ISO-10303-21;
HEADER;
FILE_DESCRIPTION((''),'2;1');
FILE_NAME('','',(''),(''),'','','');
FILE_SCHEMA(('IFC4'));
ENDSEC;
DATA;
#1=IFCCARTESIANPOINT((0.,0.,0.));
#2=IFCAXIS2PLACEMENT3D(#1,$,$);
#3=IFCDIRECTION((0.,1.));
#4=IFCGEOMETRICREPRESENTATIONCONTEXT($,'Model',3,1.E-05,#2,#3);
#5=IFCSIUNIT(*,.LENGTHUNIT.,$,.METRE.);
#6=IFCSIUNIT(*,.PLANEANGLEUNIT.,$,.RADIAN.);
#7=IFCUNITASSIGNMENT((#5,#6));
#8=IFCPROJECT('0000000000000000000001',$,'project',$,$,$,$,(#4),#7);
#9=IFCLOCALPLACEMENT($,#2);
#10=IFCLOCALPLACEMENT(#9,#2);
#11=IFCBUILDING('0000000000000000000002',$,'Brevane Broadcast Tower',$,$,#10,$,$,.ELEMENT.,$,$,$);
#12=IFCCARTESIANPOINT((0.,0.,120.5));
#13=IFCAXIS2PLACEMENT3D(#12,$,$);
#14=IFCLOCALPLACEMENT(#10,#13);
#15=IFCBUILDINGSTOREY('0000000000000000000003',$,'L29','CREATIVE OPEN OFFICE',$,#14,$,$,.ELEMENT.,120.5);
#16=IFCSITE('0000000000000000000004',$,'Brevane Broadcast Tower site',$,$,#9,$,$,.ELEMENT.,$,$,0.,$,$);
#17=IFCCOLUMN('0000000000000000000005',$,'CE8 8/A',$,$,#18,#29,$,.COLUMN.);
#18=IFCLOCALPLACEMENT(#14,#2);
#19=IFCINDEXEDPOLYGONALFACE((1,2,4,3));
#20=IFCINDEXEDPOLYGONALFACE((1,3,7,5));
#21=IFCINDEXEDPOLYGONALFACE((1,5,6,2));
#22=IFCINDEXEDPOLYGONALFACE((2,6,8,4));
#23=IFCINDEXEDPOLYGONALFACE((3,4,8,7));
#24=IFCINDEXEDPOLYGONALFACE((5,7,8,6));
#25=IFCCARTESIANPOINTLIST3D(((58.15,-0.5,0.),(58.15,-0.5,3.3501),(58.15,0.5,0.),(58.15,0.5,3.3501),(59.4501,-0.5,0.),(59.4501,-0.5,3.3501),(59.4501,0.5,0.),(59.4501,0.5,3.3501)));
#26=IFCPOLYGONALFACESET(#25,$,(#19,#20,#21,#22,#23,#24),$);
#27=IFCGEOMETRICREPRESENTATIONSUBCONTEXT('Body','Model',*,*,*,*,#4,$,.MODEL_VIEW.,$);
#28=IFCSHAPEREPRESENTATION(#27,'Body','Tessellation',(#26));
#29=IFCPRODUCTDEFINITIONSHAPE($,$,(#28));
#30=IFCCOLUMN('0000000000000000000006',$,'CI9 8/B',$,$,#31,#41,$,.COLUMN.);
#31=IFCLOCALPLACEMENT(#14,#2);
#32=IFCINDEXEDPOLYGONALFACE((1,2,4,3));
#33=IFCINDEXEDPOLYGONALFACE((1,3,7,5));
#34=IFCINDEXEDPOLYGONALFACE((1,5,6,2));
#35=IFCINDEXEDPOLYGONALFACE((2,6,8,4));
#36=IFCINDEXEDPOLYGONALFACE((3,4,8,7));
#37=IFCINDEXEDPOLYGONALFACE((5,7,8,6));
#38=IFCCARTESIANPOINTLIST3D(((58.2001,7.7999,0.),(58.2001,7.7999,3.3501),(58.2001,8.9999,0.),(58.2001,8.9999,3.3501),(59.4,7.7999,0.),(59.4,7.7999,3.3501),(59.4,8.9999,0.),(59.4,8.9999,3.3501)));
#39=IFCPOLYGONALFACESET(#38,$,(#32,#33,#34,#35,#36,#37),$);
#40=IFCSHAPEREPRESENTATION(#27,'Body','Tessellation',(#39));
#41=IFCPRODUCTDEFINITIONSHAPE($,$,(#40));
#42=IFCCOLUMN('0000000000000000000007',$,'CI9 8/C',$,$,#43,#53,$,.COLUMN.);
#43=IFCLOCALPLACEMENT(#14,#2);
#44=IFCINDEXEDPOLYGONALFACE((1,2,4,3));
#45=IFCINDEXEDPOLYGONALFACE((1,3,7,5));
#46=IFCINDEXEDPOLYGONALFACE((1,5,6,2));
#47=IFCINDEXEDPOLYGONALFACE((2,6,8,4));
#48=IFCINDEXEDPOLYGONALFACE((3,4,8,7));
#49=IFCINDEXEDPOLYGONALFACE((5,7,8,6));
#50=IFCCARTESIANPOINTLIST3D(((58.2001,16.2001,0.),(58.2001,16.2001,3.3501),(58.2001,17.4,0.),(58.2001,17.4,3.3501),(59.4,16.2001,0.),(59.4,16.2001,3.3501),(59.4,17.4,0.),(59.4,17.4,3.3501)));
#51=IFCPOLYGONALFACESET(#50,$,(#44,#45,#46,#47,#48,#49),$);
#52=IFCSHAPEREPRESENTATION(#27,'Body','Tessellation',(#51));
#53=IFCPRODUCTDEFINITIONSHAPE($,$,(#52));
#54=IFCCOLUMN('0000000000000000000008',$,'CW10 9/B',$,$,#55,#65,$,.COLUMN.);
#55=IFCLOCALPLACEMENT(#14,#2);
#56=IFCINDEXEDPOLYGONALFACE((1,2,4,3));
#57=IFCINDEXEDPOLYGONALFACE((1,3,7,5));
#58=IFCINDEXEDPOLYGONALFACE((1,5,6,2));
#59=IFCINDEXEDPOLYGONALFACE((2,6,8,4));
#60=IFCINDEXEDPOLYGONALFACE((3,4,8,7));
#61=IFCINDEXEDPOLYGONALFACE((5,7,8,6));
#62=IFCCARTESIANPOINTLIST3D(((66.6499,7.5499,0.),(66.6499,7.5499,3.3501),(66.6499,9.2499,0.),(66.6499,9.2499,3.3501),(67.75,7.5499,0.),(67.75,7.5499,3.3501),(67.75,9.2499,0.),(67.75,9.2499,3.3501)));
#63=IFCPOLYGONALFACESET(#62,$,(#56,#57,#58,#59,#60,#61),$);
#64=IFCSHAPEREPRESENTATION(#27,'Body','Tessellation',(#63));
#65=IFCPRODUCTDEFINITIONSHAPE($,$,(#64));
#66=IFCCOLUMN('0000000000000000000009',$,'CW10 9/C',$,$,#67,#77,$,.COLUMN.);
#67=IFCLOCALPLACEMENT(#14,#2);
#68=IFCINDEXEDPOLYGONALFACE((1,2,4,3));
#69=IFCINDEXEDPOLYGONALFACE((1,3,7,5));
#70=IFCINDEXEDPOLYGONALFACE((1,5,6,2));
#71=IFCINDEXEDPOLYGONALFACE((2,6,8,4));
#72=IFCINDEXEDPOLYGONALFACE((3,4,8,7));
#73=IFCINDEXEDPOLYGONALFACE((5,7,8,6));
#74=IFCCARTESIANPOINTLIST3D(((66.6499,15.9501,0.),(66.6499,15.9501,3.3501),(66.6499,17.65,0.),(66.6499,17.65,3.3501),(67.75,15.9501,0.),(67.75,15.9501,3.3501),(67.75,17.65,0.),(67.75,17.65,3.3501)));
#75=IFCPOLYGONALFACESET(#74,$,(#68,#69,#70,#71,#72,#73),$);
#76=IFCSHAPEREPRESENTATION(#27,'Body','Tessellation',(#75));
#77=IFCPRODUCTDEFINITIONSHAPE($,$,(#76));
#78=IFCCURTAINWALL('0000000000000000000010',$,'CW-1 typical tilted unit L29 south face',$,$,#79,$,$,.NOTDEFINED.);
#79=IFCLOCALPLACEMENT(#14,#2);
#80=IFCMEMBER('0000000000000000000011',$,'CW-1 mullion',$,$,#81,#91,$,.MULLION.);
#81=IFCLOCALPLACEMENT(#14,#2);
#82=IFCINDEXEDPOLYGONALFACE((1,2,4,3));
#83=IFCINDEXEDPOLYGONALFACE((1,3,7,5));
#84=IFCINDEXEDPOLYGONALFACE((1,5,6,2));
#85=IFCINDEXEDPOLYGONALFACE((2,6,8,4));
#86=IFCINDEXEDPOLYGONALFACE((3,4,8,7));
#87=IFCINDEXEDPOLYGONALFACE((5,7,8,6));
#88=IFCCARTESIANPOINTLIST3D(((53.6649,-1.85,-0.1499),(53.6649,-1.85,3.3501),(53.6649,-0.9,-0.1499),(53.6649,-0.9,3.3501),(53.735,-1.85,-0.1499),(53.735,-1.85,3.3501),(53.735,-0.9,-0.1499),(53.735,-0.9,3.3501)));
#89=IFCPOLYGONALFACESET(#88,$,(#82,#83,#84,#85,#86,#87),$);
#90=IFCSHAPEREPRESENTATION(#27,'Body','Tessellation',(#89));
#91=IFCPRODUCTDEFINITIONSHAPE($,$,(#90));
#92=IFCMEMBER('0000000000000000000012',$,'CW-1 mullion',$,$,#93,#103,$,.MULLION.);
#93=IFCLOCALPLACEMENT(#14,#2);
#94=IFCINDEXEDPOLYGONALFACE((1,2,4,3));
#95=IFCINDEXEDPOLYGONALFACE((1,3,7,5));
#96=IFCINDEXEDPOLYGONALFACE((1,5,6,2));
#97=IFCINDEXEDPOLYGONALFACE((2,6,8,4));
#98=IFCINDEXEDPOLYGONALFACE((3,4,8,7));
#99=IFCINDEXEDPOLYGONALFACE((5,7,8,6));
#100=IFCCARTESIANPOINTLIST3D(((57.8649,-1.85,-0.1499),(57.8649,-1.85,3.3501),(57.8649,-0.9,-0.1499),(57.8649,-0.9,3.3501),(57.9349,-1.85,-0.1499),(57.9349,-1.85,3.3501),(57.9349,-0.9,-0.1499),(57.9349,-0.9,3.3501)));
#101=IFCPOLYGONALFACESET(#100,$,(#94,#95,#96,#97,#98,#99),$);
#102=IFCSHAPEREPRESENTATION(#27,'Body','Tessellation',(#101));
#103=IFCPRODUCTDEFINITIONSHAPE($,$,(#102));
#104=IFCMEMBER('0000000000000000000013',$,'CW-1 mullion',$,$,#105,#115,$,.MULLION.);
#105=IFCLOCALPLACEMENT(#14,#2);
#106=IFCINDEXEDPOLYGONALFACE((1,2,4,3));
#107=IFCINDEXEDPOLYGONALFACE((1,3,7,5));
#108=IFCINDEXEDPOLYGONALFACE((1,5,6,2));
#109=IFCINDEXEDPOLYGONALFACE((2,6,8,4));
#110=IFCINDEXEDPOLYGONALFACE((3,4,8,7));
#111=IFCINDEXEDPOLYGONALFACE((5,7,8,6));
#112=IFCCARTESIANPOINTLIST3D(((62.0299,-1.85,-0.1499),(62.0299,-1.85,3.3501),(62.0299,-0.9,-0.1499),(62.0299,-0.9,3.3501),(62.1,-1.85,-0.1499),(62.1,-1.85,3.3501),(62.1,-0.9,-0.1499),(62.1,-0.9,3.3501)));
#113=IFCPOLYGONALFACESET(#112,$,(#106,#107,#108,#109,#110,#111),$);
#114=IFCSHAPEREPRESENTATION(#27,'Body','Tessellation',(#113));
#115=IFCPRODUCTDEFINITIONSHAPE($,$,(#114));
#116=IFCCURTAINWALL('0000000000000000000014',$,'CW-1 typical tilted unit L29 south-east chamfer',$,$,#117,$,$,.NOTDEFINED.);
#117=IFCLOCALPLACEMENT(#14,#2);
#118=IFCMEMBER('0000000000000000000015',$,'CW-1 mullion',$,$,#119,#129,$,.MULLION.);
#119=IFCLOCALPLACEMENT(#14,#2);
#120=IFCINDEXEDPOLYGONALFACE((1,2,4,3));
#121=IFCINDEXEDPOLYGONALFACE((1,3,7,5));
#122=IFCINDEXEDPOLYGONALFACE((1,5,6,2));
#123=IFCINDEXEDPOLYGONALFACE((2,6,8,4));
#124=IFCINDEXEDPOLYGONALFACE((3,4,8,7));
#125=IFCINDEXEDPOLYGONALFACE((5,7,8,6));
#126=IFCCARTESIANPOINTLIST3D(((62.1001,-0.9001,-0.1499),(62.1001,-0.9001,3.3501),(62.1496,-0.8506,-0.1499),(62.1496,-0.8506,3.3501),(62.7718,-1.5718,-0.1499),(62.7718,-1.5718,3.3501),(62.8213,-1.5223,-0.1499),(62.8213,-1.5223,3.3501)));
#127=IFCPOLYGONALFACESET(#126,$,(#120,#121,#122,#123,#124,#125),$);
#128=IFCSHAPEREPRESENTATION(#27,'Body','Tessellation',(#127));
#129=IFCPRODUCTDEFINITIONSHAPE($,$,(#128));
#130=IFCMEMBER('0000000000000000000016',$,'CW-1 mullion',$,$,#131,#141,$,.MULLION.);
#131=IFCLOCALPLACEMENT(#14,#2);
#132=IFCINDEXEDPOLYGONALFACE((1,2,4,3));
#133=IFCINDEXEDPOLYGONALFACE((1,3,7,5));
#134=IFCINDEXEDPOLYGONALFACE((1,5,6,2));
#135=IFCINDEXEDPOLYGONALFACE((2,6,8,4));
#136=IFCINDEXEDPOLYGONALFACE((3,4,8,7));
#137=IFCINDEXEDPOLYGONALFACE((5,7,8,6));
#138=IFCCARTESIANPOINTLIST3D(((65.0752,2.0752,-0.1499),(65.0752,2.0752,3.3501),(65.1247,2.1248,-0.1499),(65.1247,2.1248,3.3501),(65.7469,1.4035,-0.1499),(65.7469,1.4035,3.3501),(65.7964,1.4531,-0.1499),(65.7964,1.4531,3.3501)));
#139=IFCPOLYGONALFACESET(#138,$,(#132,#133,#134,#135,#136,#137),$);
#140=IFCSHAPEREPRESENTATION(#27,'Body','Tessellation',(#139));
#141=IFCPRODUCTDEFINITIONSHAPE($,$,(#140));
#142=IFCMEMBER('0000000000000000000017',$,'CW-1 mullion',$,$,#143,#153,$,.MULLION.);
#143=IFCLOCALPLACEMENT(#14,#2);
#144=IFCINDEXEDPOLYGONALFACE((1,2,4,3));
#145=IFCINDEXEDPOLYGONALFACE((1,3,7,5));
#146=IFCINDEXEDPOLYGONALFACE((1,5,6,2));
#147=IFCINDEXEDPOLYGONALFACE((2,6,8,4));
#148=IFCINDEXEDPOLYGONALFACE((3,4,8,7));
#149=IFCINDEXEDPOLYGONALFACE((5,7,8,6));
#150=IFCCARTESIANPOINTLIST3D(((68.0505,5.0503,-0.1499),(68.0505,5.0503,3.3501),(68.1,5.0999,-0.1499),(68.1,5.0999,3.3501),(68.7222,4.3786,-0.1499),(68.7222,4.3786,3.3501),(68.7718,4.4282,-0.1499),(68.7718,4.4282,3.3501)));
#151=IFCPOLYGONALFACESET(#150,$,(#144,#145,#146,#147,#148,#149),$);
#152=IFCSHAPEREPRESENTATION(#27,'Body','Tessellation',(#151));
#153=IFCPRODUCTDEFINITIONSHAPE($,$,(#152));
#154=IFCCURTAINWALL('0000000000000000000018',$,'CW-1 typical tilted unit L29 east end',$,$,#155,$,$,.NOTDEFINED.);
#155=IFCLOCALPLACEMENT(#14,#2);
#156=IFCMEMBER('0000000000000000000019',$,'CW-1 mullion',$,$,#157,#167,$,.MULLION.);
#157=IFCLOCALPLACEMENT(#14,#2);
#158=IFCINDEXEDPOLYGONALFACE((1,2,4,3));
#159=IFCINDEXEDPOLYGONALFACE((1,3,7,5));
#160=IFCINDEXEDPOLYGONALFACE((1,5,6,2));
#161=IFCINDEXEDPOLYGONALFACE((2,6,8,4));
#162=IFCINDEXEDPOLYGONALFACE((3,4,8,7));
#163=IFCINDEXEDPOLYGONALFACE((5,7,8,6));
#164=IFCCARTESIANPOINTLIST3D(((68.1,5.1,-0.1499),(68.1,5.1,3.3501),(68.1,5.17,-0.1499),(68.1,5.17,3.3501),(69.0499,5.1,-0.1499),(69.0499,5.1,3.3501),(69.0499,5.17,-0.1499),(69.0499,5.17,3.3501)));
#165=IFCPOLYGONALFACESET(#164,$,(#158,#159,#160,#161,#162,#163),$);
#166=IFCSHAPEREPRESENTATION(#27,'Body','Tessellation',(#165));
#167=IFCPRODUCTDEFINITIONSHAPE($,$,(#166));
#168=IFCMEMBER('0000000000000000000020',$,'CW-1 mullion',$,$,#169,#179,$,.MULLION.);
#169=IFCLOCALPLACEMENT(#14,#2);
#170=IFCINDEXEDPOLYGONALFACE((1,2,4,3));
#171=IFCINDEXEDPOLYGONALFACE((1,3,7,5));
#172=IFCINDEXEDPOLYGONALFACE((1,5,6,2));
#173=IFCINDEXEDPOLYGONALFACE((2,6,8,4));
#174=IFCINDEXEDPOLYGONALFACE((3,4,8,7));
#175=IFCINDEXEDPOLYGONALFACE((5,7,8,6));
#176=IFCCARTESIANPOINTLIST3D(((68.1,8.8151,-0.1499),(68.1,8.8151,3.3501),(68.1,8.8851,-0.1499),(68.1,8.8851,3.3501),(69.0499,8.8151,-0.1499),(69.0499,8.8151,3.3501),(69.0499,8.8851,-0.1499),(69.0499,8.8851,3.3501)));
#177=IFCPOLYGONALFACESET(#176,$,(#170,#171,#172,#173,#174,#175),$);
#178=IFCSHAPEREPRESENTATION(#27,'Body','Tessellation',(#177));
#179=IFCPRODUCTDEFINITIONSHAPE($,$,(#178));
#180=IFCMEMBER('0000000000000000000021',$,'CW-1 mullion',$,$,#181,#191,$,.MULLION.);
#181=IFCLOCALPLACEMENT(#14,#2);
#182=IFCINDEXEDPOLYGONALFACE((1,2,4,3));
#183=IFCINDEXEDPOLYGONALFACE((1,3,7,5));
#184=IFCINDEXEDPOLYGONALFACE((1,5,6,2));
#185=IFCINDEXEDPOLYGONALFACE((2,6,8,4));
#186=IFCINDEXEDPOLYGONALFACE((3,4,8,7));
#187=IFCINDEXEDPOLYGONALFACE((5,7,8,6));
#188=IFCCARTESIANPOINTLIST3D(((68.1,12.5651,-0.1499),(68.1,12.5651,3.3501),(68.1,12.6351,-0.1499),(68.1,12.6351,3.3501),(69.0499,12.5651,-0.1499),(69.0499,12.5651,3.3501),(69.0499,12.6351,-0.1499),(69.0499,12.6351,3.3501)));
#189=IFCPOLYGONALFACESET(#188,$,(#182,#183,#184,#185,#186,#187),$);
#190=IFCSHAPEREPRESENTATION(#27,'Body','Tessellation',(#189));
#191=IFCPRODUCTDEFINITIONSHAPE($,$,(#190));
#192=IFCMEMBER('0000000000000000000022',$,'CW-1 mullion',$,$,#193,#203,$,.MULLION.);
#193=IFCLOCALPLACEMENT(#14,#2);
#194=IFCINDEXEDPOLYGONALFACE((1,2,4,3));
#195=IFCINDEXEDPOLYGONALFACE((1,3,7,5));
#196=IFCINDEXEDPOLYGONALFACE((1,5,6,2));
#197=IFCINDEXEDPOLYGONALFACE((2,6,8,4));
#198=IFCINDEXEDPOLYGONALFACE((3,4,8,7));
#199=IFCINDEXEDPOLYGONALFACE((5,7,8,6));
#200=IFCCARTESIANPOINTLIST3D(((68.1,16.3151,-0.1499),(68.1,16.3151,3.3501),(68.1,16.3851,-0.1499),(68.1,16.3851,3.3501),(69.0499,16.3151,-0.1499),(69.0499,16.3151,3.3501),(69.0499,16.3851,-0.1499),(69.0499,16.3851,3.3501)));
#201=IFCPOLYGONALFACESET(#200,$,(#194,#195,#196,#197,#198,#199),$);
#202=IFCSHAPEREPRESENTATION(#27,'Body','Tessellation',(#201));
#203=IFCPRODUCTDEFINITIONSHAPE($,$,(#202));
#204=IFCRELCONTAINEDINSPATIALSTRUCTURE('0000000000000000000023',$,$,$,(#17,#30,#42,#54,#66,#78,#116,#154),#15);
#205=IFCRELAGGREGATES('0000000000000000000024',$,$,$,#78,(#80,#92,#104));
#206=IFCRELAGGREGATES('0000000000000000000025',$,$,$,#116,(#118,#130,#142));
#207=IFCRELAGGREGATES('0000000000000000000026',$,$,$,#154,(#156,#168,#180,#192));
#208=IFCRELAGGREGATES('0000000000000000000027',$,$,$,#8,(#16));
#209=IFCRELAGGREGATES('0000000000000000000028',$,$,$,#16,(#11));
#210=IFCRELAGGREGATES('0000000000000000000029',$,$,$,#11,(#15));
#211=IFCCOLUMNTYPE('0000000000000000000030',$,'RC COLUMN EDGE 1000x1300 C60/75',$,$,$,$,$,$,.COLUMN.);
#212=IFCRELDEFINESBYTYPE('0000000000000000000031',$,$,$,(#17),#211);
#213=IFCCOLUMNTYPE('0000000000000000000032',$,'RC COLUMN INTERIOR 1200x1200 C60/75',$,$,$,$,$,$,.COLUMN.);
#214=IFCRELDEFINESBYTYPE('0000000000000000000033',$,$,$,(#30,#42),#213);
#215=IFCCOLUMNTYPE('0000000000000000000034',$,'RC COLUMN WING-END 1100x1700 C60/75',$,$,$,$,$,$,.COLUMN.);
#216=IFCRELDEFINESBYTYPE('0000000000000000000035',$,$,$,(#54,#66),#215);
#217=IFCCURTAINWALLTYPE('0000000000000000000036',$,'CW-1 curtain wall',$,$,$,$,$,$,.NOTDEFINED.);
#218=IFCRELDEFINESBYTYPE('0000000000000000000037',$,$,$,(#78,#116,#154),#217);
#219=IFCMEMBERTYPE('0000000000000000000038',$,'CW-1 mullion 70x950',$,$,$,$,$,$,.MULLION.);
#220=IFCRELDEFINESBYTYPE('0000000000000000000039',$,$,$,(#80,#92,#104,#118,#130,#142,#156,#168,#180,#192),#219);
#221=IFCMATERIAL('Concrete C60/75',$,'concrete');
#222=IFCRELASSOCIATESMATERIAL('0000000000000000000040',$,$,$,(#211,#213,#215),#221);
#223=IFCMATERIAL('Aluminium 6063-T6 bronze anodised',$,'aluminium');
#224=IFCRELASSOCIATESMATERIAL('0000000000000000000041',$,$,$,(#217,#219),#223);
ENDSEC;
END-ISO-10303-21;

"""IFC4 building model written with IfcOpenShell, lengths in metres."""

from ifc_helpers import new_model, si_unit, direction, frame, origin, origin_2d, place, context, subcontext, project, spatial, rectangle, extrude, material, material_profile, profile_set, type_object, element, aggregate, save


model = new_model("IFC4")

# Units and contexts
model_context = context("Model", 3, precision=1e-05, world=origin(), true_north=direction((0.0, 1.0)))
body_context = subcontext(model_context, "Body", "Model", "MODEL_VIEW")
ifc_project = project(units=[si_unit("LENGTHUNIT", "METRE"), si_unit("PLANEANGLEUNIT", "RADIAN")], contexts=[model_context])

# Site, building, storey
site_placement = place(None, origin())
site = spatial("IfcSite", under=ifc_project, at=site_placement, Name="Brevane Broadcast Tower site", CompositionType="ELEMENT", RefElevation=0.0)
building_placement = place(site_placement, origin())
building = spatial("IfcBuilding", under=site, at=building_placement, Name="Brevane Broadcast Tower", CompositionType="ELEMENT")
storey_placement = place(building_placement, frame((0.0, 0.0, 120.5)))
storey = spatial("IfcBuildingStorey", under=building, at=storey_placement, Name="L29", Description="CREATIVE OPEN OFFICE", CompositionType="ELEMENT", Elevation=120.5)

# Columns
ifc_material_1 = material(Name="Concrete C60/75", Category="concrete")
ifc_material_profile_1 = material_profile(ifc_material_1, rectangle(XDim=1.0, YDim=1.3, at=origin_2d()), Name="RC 1000x1300")
ifc_profile_set_1 = profile_set([ifc_material_profile_1], Name="Concrete C60/75")
column_type_1 = type_object("IfcColumnType", Name="RC COLUMN EDGE 1000x1300 C60/75", PredefinedType="COLUMN", material=ifc_profile_set_1)
column_placement = place(storey_placement, frame((58.8, 0.0, 0.0), z_axis=(0.0, 0.0, 1.0), x_axis=(0.0, 1.0, 0.0)))
element("IfcColumn", 1, at=column_placement, inside=storey, type_object=column_type_1, Name="CE8 8/A", PredefinedType="COLUMN", context=body_context, shape_type="SweptSolid", body=[
    extrude(rectangle(XDim=1.0, YDim=1.3, at=origin_2d()), origin(), (0.0, 0.0, 1.0), 3.3501),
])
ifc_material_profile_2 = material_profile(ifc_material_1, rectangle(XDim=1.2, YDim=1.2, at=origin_2d()), Name="RC 1200x1200")
ifc_profile_set_2 = profile_set([ifc_material_profile_2], Name="Concrete C60/75")
column_type_2 = type_object("IfcColumnType", Name="RC COLUMN INTERIOR 1200x1200 C60/75", PredefinedType="COLUMN", material=ifc_profile_set_2)
for number, where, z_axis, x_axis, name in (
    (2, (58.8, 8.3999, 0.0), (0.0, 0.0, 1.0), (1.0, 0.0, 0.0), "CI9 8/B"),
    (3, (58.8, 16.8, 0.0), (0.0, 0.0, 1.0), (1.0, 0.0, 0.0), "CI9 8/C"),
):
    element("IfcColumn", number, at=place(storey_placement, frame(where, z_axis=z_axis, x_axis=x_axis)), inside=storey, type_object=column_type_2, Name=name, PredefinedType="COLUMN", context=body_context, shape_type="SweptSolid", body=[
        extrude(rectangle(XDim=1.2, YDim=1.2, at=origin_2d()), origin(), (0.0, 0.0, 1.0), 3.3501),
    ])
ifc_material_profile_3 = material_profile(ifc_material_1, rectangle(XDim=1.1001, YDim=1.7, at=origin_2d()), Name="RC 1100x1700")
ifc_profile_set_3 = profile_set([ifc_material_profile_3], Name="Concrete C60/75")
column_type_3 = type_object("IfcColumnType", Name="RC COLUMN WING-END 1100x1700 C60/75", PredefinedType="COLUMN", material=ifc_profile_set_3)
for number, where, z_axis, x_axis, name in (
    (4, (67.2, 8.3999, 0.0), (0.0, 0.0, 1.0), (1.0, 0.0, 0.0), "CW10 9/B"),
    (5, (67.2, 16.8, 0.0), (0.0, 0.0, 1.0), (1.0, 0.0, 0.0), "CW10 9/C"),
):
    element("IfcColumn", number, at=place(storey_placement, frame(where, z_axis=z_axis, x_axis=x_axis)), inside=storey, type_object=column_type_3, Name=name, PredefinedType="COLUMN", context=body_context, shape_type="SweptSolid", body=[
        extrude(rectangle(XDim=1.1001, YDim=1.7, at=origin_2d()), origin(), (0.0, 0.0, 1.0), 3.3501),
    ])

# Curtain walls, members
ifc_material_2 = material(Name="Aluminium 6063-T6 bronze anodised", Category="aluminium")
curtain_wall_type = type_object("IfcCurtainWallType", Name="CW-1 curtain wall", PredefinedType="NOTDEFINED", material=ifc_material_2)
curtain_wall_1_placement = place(storey_placement, origin())
curtain_wall_1 = element("IfcCurtainWall", 6, at=curtain_wall_1_placement, inside=storey, type_object=curtain_wall_type, Name="CW-1 typical tilted unit L29 south face", PredefinedType="NOTDEFINED")
ifc_material_profile_4 = material_profile(ifc_material_2, rectangle(XDim=0.95, YDim=0.0701, at=origin_2d()), Name="RECT 70x950")
ifc_profile_set_4 = profile_set([ifc_material_profile_4], Name="Aluminium 6063-T6 bronze anodised")
member_type_1 = type_object("IfcMemberType", Name="CW-1 mullion 70x950", PredefinedType="MULLION", material=ifc_profile_set_4)
member_1_placement = place(storey_placement, frame((53.7, -1.375, -0.1499), z_axis=(0.0, 0.0, 1.0), x_axis=(0.0, 1.0, 0.0)))
member_1 = element("IfcMember", 7, at=member_1_placement, type_object=member_type_1, Name="CW-1 mullion", PredefinedType="MULLION", context=body_context, shape_type="SweptSolid", body=[
    extrude(rectangle(XDim=0.95, YDim=0.0701, at=origin_2d()), origin(), (0.0, 0.0, 1.0), 3.5),
])
member_2_placement = place(storey_placement, frame((57.8999, -1.375, -0.1499), z_axis=(0.0, 0.0, 1.0), x_axis=(0.0, 1.0, 0.0)))
member_2 = element("IfcMember", 8, at=member_2_placement, type_object=member_type_1, Name="CW-1 mullion", PredefinedType="MULLION", context=body_context, shape_type="SweptSolid", body=[
    extrude(rectangle(XDim=0.95, YDim=0.0701, at=origin_2d()), origin(), (0.0, 0.0, 1.0), 3.5),
])
member_3_placement = place(storey_placement, frame((62.0649, -1.375, -0.1499), z_axis=(0.0, 0.0, 1.0), x_axis=(0.0, 1.0, 0.0)))
member_3 = element("IfcMember", 9, at=member_3_placement, type_object=member_type_1, Name="CW-1 mullion", PredefinedType="MULLION", context=body_context, shape_type="SweptSolid", body=[
    extrude(rectangle(XDim=0.95, YDim=0.0701, at=origin_2d()), origin(), (0.0, 0.0, 1.0), 3.5),
])
aggregate(curtain_wall_1, [member_1, member_2, member_3])
curtain_wall_2_placement = place(storey_placement, origin())
curtain_wall_2 = element("IfcCurtainWall", 10, at=curtain_wall_2_placement, inside=storey, type_object=curtain_wall_type, Name="CW-1 typical tilted unit L29 south-east chamfer", PredefinedType="NOTDEFINED")
member_4_placement = place(storey_placement, frame((62.4607, -1.2112, -0.1499), z_axis=(0.0, 0.0, 1.0), x_axis=(-0.707107, 0.707107, 0.0)))
member_4 = element("IfcMember", 11, at=member_4_placement, type_object=member_type_1, Name="CW-1 mullion", PredefinedType="MULLION", context=body_context, shape_type="SweptSolid", body=[
    extrude(rectangle(XDim=0.95, YDim=0.0701, at=origin_2d()), origin(), (0.0, 0.0, 1.0), 3.5),
])
member_5_placement = place(storey_placement, frame((65.4358, 1.7642, -0.1499), z_axis=(0.0, 0.0, 1.0), x_axis=(-0.707107, 0.707107, 0.0)))
member_5 = element("IfcMember", 12, at=member_5_placement, type_object=member_type_1, Name="CW-1 mullion", PredefinedType="MULLION", context=body_context, shape_type="SweptSolid", body=[
    extrude(rectangle(XDim=0.95, YDim=0.0701, at=origin_2d()), origin(), (0.0, 0.0, 1.0), 3.5),
])
member_6_placement = place(storey_placement, frame((68.4111, 4.7393, -0.1499), z_axis=(0.0, 0.0, 1.0), x_axis=(-0.707107, 0.707107, 0.0)))
member_6 = element("IfcMember", 13, at=member_6_placement, type_object=member_type_1, Name="CW-1 mullion", PredefinedType="MULLION", context=body_context, shape_type="SweptSolid", body=[
    extrude(rectangle(XDim=0.95, YDim=0.0701, at=origin_2d()), origin(), (0.0, 0.0, 1.0), 3.5),
])
curtain_wall_3_placement = place(storey_placement, origin())
curtain_wall_3 = element("IfcCurtainWall", 14, at=curtain_wall_3_placement, inside=storey, type_object=curtain_wall_type, Name="CW-1 typical tilted unit L29 east end", PredefinedType="NOTDEFINED")
member_7_placement = place(storey_placement, frame((68.575, 5.135, -0.1499), z_axis=(0.0, 0.0, 1.0), x_axis=(-1.0, 0.0, 0.0)))
member_7 = element("IfcMember", 15, at=member_7_placement, type_object=member_type_1, Name="CW-1 mullion", PredefinedType="MULLION", context=body_context, shape_type="SweptSolid", body=[
    extrude(rectangle(XDim=0.95, YDim=0.0701, at=origin_2d()), origin(), (0.0, 0.0, 1.0), 3.5),
])
member_8_placement = place(storey_placement, frame((68.575, 8.8501, -0.1499), z_axis=(0.0, 0.0, 1.0), x_axis=(-1.0, 0.0, 0.0)))
member_8 = element("IfcMember", 16, at=member_8_placement, type_object=member_type_1, Name="CW-1 mullion", PredefinedType="MULLION", context=body_context, shape_type="SweptSolid", body=[
    extrude(rectangle(XDim=0.95, YDim=0.0701, at=origin_2d()), origin(), (0.0, 0.0, 1.0), 3.5),
])
member_9_placement = place(storey_placement, frame((68.575, 12.6001, -0.1499), z_axis=(0.0, 0.0, 1.0), x_axis=(-1.0, 0.0, 0.0)))
member_9 = element("IfcMember", 17, at=member_9_placement, type_object=member_type_1, Name="CW-1 mullion", PredefinedType="MULLION", context=body_context, shape_type="SweptSolid", body=[
    extrude(rectangle(XDim=0.95, YDim=0.0701, at=origin_2d()), origin(), (0.0, 0.0, 1.0), 3.5),
])
member_10_placement = place(storey_placement, frame((68.575, 16.3501, -0.1499), z_axis=(0.0, 0.0, 1.0), x_axis=(-1.0, 0.0, 0.0)))
member_10 = element("IfcMember", 18, at=member_10_placement, type_object=member_type_1, Name="CW-1 mullion", PredefinedType="MULLION", context=body_context, shape_type="SweptSolid", body=[
    extrude(rectangle(XDim=0.95, YDim=0.0701, at=origin_2d()), origin(), (0.0, 0.0, 1.0), 3.5),
])

aggregate(curtain_wall_2, [member_4, member_5, member_6])
aggregate(curtain_wall_3, [member_7, member_8, member_9, member_10])

save(model, "model.ifc")
